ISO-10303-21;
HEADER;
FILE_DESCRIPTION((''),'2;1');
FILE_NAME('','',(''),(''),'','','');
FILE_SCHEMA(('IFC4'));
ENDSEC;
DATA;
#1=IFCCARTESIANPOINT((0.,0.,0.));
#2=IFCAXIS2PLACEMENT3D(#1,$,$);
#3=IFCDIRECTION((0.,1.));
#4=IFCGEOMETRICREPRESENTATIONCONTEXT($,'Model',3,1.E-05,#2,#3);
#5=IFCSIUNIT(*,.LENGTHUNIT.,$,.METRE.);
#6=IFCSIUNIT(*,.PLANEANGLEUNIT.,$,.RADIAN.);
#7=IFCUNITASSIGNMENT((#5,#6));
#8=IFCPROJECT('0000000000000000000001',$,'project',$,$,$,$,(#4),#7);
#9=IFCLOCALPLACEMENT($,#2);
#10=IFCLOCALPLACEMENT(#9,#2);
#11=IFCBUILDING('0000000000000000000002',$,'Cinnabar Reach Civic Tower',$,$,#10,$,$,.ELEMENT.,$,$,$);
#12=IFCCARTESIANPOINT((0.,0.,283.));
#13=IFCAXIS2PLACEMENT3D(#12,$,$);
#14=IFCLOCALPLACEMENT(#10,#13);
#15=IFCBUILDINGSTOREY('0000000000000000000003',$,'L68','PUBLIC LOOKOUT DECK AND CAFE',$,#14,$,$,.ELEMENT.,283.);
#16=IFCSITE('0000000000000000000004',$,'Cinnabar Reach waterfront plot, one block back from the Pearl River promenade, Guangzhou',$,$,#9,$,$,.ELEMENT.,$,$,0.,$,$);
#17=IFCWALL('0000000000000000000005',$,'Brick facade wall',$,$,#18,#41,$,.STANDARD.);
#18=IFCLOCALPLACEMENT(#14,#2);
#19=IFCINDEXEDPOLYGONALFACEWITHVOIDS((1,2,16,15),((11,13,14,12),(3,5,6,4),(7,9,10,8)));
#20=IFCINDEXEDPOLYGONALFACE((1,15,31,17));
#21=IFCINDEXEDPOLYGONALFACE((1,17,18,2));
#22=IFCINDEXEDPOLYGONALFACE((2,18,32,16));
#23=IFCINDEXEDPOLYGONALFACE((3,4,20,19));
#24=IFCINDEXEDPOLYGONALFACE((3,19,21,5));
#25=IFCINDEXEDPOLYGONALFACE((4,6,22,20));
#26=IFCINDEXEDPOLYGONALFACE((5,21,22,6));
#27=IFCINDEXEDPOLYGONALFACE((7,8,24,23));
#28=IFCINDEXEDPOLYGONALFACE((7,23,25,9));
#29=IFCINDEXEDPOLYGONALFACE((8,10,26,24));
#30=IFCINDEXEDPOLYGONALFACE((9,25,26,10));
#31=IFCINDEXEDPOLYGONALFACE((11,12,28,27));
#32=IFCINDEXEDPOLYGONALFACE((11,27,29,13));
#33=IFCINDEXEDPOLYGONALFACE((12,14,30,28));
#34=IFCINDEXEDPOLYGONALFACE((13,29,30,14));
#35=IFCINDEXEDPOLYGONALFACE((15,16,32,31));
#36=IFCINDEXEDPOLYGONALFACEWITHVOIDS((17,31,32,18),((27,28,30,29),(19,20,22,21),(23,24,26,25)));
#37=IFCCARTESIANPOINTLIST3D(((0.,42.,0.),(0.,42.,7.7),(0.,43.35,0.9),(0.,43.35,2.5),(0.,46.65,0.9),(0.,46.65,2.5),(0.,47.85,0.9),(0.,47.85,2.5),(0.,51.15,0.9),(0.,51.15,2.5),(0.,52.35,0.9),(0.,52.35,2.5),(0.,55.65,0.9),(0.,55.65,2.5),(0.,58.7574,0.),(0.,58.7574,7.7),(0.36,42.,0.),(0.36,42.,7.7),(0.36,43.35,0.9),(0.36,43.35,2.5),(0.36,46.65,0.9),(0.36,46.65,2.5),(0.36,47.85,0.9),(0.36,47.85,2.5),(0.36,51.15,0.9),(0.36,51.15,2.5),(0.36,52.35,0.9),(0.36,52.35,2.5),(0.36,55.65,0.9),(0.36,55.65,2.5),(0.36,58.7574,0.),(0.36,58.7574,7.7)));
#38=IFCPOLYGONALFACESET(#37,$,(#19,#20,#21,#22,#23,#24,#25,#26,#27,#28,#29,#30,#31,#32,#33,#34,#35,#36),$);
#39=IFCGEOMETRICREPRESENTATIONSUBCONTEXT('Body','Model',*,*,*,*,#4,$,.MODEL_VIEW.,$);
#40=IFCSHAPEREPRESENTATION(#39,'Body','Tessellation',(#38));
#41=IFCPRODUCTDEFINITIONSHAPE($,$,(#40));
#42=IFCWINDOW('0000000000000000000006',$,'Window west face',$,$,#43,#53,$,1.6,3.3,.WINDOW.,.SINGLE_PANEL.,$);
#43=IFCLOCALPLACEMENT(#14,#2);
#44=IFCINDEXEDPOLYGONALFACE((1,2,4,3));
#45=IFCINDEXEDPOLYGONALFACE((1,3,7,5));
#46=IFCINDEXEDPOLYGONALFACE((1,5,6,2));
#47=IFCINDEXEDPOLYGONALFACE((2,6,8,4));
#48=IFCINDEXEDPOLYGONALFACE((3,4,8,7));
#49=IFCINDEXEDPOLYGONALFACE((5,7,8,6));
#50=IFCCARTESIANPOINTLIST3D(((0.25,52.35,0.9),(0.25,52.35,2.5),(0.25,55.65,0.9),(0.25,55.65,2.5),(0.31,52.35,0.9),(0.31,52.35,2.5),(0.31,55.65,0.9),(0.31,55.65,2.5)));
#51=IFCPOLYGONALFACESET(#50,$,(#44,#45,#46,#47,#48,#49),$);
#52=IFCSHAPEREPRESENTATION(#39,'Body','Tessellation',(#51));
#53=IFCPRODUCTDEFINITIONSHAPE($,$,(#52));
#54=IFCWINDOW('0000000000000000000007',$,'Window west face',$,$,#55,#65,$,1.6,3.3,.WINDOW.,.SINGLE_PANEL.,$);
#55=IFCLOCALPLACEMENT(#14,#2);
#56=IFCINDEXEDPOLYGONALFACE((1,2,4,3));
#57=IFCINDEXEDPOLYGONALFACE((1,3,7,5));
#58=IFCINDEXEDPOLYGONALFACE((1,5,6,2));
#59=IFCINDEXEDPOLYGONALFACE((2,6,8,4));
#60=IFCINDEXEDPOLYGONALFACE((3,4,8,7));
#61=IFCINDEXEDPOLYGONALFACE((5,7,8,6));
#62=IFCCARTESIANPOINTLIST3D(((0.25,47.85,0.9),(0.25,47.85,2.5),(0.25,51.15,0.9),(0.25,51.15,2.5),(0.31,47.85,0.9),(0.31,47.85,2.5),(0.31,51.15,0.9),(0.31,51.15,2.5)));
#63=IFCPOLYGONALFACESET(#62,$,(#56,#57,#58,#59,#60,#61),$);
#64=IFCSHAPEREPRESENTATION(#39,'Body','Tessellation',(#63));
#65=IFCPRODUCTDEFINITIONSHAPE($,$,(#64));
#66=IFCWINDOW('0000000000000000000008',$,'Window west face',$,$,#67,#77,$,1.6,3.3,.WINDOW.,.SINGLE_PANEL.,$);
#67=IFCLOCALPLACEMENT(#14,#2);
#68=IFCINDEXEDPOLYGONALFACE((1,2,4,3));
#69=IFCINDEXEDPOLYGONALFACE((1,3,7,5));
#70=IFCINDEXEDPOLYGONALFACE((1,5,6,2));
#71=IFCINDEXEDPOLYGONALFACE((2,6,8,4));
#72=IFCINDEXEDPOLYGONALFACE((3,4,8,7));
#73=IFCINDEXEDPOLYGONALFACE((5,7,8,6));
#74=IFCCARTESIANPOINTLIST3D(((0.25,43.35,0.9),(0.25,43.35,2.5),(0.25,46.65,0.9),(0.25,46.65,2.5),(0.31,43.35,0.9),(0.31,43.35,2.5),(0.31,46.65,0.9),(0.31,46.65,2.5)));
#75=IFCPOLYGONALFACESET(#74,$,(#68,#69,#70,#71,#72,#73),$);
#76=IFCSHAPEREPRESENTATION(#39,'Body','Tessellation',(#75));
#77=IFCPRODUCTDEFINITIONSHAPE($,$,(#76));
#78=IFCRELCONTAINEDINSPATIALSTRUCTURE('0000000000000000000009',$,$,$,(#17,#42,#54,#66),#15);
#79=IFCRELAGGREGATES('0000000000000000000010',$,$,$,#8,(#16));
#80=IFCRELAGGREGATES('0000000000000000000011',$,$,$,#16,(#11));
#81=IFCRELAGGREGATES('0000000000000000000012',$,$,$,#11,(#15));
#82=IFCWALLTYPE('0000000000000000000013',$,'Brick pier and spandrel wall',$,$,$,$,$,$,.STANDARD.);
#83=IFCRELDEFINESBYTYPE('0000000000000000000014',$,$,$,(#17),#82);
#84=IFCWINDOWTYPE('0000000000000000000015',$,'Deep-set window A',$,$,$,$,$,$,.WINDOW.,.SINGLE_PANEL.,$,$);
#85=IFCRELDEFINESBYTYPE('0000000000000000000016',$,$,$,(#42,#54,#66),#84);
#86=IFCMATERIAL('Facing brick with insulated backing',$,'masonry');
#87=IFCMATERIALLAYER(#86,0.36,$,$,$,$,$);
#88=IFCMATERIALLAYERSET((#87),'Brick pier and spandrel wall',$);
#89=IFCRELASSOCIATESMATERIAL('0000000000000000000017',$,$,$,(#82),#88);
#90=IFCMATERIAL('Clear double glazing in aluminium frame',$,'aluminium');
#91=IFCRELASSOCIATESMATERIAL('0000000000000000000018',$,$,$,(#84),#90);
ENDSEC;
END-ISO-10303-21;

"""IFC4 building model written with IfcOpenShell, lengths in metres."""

from ifc_helpers import new_model, si_unit, direction, frame, frame_2d, origin, place, context, subcontext, project, spatial, rectangle, extrude, material, layer, layer_set, type_object, element, fill, save


model = new_model("IFC4")

# Units and contexts
model_context = context("Model", 3, precision=1e-05, world=origin(), true_north=direction((0.0, 1.0)))
body_context = subcontext(model_context, "Body", "Model", "MODEL_VIEW")
ifc_project = project(units=[si_unit("LENGTHUNIT", "METRE"), si_unit("PLANEANGLEUNIT", "RADIAN")], contexts=[model_context])

# Site, building, storey
site_placement = place(None, origin())
site = spatial("IfcSite", under=ifc_project, at=site_placement, Name="Cinnabar Reach waterfront plot, one block back from the Pearl River promenade, Guangzhou", CompositionType="ELEMENT", RefElevation=0.0)
building_placement = place(site_placement, origin())
building = spatial("IfcBuilding", under=site, at=building_placement, Name="Cinnabar Reach Civic Tower", CompositionType="ELEMENT")
storey_placement = place(building_placement, frame((0.0, 0.0, 283.0)))
storey = spatial("IfcBuildingStorey", under=building, at=storey_placement, Name="L68", Description="PUBLIC LOOKOUT DECK AND CAFE", CompositionType="ELEMENT", Elevation=283.0)

# Shared definitions
ifc_material_1 = material(Name="Facing brick with insulated backing", Category="masonry")
ifc_layer_1 = layer(ifc_material_1, 0.36)
ifc_layer_set_1 = layer_set([ifc_layer_1], Name="Brick pier and spandrel wall")
wall_type_1 = type_object("IfcWallType", Name="Brick pier and spandrel wall", PredefinedType="STANDARD", material=ifc_layer_set_1)

# Wall, openings, windows
wall_1_placement = place(storey_placement, frame((0.18, 58.7574, 0.0), z_axis=(0.0, 0.0, 1.0), x_axis=(0.0, -1.0, 0.0)))
wall_1 = element("IfcWall", 1, at=wall_1_placement, inside=storey, type_object=wall_type_1, Name="Brick facade wall", PredefinedType="STANDARD", context=body_context, shape_type="SweptSolid", body=[
    extrude(rectangle(XDim=16.7574, YDim=0.36, at=frame_2d((8.3787, 0.0))), origin(), (0.0, 0.0, 1.0), 7.7),
])
opening_1_placement = place(wall_1_placement, frame((3.1074, 0.0, 0.9)))
opening_1 = element("IfcOpeningElement", 2, at=opening_1_placement, cuts=wall_1, PredefinedType="OPENING", context=body_context, shape_type="SweptSolid", body=[
    extrude(rectangle(XDim=3.3, YDim=1.6, at=frame_2d((1.65, 0.8))), frame((0.0, 0.19, 0.0), z_axis=(0.0, -1.0, 0.0), x_axis=(1.0, 0.0, 0.0)), (0.0, 0.0, 1.0), 0.38),
])
opening_2_placement = place(wall_1_placement, frame((7.6074, 0.0, 0.9)))
opening_2 = element("IfcOpeningElement", 3, at=opening_2_placement, cuts=wall_1, PredefinedType="OPENING", context=body_context, shape_type="SweptSolid", body=[
    extrude(rectangle(XDim=3.3, YDim=1.6, at=frame_2d((1.65, 0.8))), frame((0.0, 0.19, 0.0), z_axis=(0.0, -1.0, 0.0), x_axis=(1.0, 0.0, 0.0)), (0.0, 0.0, 1.0), 0.38),
])
opening_3_placement = place(wall_1_placement, frame((12.1074, 0.0, 0.9)))
opening_3 = element("IfcOpeningElement", 4, at=opening_3_placement, cuts=wall_1, PredefinedType="OPENING", context=body_context, shape_type="SweptSolid", body=[
    extrude(rectangle(XDim=3.3, YDim=1.6, at=frame_2d((1.65, 0.8))), frame((0.0, 0.19, 0.0), z_axis=(0.0, -1.0, 0.0), x_axis=(1.0, 0.0, 0.0)), (0.0, 0.0, 1.0), 0.38),
])
ifc_material_2 = material(Name="Clear double glazing in aluminium frame", Category="aluminium")
window_type = type_object("IfcWindowType", Name="Deep-set window A", PartitioningType="SINGLE_PANEL", PredefinedType="WINDOW", material=ifc_material_2)
window_1_placement = place(opening_1_placement, origin())
window_1 = element("IfcWindow", 5, at=window_1_placement, inside=storey, type_object=window_type, Name="Window west face", OverallHeight=1.6, OverallWidth=3.3, PartitioningType="SINGLE_PANEL", PredefinedType="WINDOW", context=body_context, shape_type="SweptSolid", body=[
    extrude(rectangle(XDim=3.3, YDim=1.6, at=frame_2d((1.65, 0.8))), frame((0.0, 0.13, 0.0), z_axis=(0.0, -1.0, 0.0), x_axis=(1.0, 0.0, 0.0)), (0.0, 0.0, 1.0), 0.06),
])
fill(opening_1, window_1)
window_2_placement = place(opening_2_placement, origin())
window_2 = element("IfcWindow", 6, at=window_2_placement, inside=storey, type_object=window_type, Name="Window west face", OverallHeight=1.6, OverallWidth=3.3, PartitioningType="SINGLE_PANEL", PredefinedType="WINDOW", context=body_context, shape_type="SweptSolid", body=[
    extrude(rectangle(XDim=3.3, YDim=1.6, at=frame_2d((1.65, 0.8))), frame((0.0, 0.13, 0.0), z_axis=(0.0, -1.0, 0.0), x_axis=(1.0, 0.0, 0.0)), (0.0, 0.0, 1.0), 0.06),
])
fill(opening_2, window_2)
window_3_placement = place(opening_3_placement, origin())
window_3 = element("IfcWindow", 7, at=window_3_placement, inside=storey, type_object=window_type, Name="Window west face", OverallHeight=1.6, OverallWidth=3.3, PartitioningType="SINGLE_PANEL", PredefinedType="WINDOW", context=body_context, shape_type="SweptSolid", body=[
    extrude(rectangle(XDim=3.3, YDim=1.6, at=frame_2d((1.65, 0.8))), frame((0.0, 0.13, 0.0), z_axis=(0.0, -1.0, 0.0), x_axis=(1.0, 0.0, 0.0)), (0.0, 0.0, 1.0), 0.06),
])
fill(opening_3, window_3)

save(model, "model.ifc")
